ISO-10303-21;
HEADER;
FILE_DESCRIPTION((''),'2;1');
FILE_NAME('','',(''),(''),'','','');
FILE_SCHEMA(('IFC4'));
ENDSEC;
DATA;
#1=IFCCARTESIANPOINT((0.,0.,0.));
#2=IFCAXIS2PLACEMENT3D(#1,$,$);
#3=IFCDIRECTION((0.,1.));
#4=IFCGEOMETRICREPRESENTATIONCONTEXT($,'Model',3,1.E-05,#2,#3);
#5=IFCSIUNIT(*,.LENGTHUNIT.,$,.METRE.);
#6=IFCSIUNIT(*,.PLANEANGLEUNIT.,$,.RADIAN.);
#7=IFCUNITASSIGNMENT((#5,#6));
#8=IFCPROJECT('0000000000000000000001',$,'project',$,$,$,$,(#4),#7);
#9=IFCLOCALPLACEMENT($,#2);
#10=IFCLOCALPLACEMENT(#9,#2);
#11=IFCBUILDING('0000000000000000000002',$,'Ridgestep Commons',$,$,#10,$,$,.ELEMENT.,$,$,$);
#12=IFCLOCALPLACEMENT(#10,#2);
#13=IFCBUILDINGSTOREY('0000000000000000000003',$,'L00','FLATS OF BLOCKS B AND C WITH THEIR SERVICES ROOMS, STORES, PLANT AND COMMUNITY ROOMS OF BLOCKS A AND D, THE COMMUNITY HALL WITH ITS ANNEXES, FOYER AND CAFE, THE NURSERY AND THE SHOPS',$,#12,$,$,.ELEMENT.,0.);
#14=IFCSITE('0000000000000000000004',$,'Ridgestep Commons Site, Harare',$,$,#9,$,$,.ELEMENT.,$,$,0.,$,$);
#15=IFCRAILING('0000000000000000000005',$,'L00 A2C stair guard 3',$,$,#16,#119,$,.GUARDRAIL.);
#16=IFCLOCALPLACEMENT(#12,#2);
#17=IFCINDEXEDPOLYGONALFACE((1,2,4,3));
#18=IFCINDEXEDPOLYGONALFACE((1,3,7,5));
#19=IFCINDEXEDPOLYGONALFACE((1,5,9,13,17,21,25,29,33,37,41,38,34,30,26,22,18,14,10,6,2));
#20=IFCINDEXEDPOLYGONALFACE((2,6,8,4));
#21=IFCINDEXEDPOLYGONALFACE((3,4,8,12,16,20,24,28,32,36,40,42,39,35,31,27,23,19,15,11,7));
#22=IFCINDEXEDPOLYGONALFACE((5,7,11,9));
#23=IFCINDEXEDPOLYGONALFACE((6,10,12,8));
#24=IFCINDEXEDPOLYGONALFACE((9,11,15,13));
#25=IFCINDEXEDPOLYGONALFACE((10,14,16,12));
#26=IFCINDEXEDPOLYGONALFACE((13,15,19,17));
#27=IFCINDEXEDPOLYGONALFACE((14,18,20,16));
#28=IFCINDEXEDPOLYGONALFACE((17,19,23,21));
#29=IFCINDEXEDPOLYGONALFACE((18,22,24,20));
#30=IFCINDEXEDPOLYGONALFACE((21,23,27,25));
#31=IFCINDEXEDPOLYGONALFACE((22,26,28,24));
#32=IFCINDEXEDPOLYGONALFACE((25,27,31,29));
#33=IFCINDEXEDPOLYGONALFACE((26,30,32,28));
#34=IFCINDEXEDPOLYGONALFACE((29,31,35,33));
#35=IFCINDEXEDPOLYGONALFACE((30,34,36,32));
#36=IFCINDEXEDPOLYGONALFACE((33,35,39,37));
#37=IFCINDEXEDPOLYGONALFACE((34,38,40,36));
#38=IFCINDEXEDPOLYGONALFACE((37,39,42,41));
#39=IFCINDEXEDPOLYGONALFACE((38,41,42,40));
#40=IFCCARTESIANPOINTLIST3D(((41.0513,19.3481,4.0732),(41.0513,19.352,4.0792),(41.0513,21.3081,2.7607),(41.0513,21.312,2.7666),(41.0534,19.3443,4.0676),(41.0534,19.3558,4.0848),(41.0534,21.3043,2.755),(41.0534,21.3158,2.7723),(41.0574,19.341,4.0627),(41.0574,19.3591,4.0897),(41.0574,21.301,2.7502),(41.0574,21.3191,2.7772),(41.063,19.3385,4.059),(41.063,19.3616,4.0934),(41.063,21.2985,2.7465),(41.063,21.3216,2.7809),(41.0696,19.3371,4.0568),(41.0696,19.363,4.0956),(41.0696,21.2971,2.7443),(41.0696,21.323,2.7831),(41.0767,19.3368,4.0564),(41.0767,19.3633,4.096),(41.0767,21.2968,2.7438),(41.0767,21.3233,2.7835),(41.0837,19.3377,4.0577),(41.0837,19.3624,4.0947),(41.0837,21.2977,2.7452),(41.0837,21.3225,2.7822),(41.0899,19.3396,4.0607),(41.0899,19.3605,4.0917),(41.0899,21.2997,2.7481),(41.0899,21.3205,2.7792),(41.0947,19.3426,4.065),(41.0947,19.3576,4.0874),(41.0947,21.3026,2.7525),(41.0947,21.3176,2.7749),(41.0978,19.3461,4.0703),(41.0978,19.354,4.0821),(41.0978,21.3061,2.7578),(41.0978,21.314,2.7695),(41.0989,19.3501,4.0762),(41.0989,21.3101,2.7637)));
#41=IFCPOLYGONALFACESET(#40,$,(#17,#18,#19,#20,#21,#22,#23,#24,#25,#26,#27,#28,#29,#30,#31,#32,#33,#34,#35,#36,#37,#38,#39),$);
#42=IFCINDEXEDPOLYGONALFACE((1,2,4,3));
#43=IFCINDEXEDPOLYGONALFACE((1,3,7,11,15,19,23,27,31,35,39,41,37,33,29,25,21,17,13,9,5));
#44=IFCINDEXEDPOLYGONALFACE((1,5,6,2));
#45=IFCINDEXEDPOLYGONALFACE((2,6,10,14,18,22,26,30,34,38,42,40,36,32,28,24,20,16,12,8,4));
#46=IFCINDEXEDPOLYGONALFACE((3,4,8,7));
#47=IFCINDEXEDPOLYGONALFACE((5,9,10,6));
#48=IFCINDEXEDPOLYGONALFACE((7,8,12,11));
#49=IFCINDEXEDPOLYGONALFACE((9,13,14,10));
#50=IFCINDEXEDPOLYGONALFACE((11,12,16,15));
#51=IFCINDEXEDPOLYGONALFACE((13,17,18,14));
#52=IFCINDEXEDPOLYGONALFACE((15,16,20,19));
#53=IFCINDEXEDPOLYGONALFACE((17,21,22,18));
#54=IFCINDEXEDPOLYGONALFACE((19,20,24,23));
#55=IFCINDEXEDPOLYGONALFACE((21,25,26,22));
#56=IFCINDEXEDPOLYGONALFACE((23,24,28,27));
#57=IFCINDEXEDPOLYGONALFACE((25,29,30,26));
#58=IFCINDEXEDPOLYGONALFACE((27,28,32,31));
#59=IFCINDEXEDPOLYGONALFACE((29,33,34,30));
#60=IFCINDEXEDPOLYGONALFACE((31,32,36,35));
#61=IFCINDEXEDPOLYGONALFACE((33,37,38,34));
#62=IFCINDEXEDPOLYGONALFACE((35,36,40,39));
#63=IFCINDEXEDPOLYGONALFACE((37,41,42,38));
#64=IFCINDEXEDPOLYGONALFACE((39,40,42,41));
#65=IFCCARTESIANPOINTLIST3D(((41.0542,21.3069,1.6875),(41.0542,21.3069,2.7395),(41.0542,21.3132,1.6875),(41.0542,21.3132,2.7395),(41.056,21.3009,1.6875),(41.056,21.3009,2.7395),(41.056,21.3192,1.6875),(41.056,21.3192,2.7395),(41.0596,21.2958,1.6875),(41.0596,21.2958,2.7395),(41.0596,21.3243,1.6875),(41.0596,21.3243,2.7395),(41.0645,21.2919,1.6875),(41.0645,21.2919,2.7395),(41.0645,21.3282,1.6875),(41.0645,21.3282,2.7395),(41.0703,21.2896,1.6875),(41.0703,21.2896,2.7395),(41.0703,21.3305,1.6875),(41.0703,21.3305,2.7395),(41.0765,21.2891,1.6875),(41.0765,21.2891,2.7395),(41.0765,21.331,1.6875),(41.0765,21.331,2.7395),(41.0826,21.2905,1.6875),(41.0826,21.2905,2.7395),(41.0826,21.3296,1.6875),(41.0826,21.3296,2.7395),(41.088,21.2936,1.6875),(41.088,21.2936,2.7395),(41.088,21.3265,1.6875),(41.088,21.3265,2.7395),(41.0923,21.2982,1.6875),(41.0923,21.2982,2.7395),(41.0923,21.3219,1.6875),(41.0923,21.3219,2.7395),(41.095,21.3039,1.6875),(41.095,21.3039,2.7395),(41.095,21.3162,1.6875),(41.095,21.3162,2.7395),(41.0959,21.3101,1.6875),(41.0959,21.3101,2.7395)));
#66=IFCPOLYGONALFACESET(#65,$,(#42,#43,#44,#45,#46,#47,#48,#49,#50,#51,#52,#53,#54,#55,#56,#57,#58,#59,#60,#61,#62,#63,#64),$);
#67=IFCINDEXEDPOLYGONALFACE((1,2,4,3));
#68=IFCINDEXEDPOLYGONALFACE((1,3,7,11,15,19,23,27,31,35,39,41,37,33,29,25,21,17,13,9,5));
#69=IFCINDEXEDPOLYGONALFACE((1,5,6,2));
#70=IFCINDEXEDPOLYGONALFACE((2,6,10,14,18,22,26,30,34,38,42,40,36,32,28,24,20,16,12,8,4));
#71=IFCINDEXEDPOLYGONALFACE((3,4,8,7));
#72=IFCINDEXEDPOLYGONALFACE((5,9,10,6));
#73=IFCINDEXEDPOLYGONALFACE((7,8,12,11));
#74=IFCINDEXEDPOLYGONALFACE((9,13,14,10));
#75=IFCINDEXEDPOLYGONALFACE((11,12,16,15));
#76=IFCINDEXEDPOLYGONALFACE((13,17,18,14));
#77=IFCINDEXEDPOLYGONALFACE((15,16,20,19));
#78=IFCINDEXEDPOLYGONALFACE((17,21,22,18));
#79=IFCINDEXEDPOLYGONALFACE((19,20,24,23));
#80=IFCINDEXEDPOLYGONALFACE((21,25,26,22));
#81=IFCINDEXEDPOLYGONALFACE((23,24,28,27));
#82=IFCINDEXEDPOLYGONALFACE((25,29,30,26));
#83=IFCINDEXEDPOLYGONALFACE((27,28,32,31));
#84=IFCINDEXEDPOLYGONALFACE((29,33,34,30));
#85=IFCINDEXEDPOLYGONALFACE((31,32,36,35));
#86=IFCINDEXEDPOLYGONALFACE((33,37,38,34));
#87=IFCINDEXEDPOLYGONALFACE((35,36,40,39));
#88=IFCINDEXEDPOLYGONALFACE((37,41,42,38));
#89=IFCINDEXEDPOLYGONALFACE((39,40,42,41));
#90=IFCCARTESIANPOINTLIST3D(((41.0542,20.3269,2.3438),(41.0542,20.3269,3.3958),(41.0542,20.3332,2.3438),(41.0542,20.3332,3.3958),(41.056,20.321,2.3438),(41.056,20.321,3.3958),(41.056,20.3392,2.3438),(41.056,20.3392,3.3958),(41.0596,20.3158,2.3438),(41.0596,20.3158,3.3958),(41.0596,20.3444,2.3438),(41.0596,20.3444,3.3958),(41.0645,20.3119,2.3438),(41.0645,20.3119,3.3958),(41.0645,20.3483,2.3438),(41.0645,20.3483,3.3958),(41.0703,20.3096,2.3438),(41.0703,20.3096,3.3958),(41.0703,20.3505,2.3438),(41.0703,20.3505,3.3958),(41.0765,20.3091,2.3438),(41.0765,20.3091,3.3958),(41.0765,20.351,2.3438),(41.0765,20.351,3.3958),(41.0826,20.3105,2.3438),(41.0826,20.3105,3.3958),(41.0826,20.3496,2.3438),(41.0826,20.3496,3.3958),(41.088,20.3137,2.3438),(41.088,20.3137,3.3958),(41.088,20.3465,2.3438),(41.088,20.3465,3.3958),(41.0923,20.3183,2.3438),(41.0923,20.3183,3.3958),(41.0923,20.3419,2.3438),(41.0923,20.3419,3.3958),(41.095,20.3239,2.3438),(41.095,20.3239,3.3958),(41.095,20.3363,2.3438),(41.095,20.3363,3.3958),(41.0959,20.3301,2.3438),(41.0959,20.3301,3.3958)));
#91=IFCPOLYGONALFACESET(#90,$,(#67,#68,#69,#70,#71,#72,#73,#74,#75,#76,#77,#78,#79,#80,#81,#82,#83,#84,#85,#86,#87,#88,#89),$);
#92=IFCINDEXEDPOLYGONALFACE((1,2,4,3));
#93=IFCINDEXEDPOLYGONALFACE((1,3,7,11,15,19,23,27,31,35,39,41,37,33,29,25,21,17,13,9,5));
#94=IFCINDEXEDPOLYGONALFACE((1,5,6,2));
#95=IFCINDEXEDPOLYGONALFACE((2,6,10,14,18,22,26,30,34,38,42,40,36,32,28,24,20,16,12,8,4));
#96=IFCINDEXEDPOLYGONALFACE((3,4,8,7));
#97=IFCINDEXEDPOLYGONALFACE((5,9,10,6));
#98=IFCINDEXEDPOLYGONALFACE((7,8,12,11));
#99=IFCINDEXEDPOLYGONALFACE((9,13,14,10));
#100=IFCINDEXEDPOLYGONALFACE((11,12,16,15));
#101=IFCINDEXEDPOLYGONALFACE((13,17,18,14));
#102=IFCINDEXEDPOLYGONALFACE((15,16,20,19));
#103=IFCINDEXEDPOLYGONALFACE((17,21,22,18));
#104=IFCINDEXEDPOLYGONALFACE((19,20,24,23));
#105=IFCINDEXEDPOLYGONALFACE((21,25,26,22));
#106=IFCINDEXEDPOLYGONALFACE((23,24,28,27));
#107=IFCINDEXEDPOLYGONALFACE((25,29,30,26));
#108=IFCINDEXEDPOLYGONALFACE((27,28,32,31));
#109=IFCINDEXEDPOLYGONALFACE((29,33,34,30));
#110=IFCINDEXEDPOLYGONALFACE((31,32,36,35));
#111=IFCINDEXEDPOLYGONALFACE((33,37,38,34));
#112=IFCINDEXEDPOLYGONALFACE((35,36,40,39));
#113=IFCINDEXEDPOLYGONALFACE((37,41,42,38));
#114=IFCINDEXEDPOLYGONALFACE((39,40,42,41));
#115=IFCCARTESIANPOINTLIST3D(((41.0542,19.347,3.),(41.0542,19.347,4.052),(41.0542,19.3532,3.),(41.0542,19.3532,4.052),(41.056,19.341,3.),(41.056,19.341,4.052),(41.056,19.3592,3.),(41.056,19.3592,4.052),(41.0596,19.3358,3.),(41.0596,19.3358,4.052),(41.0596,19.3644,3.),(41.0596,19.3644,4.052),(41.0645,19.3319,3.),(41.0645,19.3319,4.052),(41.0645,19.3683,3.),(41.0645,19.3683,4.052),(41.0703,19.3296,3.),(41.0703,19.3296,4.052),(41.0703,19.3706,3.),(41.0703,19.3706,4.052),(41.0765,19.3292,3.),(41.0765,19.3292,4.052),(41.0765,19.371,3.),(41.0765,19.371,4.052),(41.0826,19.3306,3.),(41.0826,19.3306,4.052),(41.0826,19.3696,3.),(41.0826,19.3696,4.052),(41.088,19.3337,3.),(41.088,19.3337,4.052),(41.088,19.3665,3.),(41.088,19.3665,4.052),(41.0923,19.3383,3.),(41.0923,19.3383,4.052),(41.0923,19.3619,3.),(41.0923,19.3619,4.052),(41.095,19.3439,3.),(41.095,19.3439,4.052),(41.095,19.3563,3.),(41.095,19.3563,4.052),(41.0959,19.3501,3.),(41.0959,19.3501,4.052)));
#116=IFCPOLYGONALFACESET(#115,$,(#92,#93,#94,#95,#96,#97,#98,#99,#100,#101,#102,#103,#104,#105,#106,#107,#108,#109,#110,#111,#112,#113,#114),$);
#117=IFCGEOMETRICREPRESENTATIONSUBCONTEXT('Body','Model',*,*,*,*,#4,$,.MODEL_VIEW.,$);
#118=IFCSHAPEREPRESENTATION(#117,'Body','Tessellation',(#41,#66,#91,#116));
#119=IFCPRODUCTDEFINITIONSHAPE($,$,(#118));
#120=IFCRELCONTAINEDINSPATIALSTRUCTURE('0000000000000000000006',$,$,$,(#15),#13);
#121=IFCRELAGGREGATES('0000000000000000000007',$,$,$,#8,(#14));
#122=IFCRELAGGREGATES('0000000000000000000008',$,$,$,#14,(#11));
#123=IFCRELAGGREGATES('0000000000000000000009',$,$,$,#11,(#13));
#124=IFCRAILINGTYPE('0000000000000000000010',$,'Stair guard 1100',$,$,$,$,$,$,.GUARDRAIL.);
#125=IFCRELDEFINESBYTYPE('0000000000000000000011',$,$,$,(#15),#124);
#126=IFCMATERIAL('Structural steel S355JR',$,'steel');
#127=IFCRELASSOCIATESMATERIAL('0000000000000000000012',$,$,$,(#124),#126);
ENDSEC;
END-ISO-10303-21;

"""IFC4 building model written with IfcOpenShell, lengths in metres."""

from ifc_helpers import new_model, si_unit, direction, frame, origin, origin_2d, place, context, subcontext, project, spatial, circle, extrude, material, type_object, element, save


model = new_model("IFC4")

# Units and contexts
model_context = context("Model", 3, precision=1e-05, world=origin(), true_north=direction((0.0, 1.0)))
body_context = subcontext(model_context, "Body", "Model", "MODEL_VIEW")
ifc_project = project(units=[si_unit("LENGTHUNIT", "METRE"), si_unit("PLANEANGLEUNIT", "RADIAN")], contexts=[model_context])

# Site, building, storey
site_placement = place(None, origin())
site = spatial("IfcSite", under=ifc_project, at=site_placement, Name="Ridgestep Commons Site, Harare", CompositionType="ELEMENT", RefElevation=0.0)
building_placement = place(site_placement, origin())
building = spatial("IfcBuilding", under=site, at=building_placement, Name="Ridgestep Commons", CompositionType="ELEMENT")
storey_placement = place(building_placement, origin())
storey = spatial("IfcBuildingStorey", under=building, at=storey_placement, Name="L00", Description="FLATS OF BLOCKS B AND C WITH THEIR SERVICES ROOMS, STORES, PLANT AND COMMUNITY ROOMS OF BLOCKS A AND D, THE COMMUNITY HALL WITH ITS ANNEXES, FOYER AND CAFE, THE NURSERY AND THE SHOPS", CompositionType="ELEMENT", Elevation=0.0)

# Railing
ifc_material_1 = material(Name="Structural steel S355JR", Category="steel")
railing_type_1 = type_object("IfcRailingType", Name="Stair guard 1100", PredefinedType="GUARDRAIL", material=ifc_material_1)
railing_1_placement = place(storey_placement, frame((41.075, 21.3101, 1.6875)))
element("IfcRailing", 1, at=railing_1_placement, inside=storey, type_object=railing_type_1, Name="L00 A2C stair guard 3", PredefinedType="GUARDRAIL", context=body_context, shape_type="SweptSolid", body=[
    extrude(circle(Radius=0.0239, at=origin_2d()), frame((0.0, 0.0, 1.0762), z_axis=(0.0, -0.830902, 0.556419), x_axis=(1.0, 0.0, 0.0)), (0.0, 0.0, 1.0), 2.3589),
    extrude(circle(Radius=0.021, at=origin_2d()), origin(), (0.0, 0.0, 1.0), 1.052),
    extrude(circle(Radius=0.021, at=origin_2d()), frame((0.0, -0.98, 0.6562)), (0.0, 0.0, 1.0), 1.052),
    extrude(circle(Radius=0.021, at=origin_2d()), frame((0.0, -1.96, 1.3125)), (0.0, 0.0, 1.0), 1.052),
])

save(model, "model.ifc")
